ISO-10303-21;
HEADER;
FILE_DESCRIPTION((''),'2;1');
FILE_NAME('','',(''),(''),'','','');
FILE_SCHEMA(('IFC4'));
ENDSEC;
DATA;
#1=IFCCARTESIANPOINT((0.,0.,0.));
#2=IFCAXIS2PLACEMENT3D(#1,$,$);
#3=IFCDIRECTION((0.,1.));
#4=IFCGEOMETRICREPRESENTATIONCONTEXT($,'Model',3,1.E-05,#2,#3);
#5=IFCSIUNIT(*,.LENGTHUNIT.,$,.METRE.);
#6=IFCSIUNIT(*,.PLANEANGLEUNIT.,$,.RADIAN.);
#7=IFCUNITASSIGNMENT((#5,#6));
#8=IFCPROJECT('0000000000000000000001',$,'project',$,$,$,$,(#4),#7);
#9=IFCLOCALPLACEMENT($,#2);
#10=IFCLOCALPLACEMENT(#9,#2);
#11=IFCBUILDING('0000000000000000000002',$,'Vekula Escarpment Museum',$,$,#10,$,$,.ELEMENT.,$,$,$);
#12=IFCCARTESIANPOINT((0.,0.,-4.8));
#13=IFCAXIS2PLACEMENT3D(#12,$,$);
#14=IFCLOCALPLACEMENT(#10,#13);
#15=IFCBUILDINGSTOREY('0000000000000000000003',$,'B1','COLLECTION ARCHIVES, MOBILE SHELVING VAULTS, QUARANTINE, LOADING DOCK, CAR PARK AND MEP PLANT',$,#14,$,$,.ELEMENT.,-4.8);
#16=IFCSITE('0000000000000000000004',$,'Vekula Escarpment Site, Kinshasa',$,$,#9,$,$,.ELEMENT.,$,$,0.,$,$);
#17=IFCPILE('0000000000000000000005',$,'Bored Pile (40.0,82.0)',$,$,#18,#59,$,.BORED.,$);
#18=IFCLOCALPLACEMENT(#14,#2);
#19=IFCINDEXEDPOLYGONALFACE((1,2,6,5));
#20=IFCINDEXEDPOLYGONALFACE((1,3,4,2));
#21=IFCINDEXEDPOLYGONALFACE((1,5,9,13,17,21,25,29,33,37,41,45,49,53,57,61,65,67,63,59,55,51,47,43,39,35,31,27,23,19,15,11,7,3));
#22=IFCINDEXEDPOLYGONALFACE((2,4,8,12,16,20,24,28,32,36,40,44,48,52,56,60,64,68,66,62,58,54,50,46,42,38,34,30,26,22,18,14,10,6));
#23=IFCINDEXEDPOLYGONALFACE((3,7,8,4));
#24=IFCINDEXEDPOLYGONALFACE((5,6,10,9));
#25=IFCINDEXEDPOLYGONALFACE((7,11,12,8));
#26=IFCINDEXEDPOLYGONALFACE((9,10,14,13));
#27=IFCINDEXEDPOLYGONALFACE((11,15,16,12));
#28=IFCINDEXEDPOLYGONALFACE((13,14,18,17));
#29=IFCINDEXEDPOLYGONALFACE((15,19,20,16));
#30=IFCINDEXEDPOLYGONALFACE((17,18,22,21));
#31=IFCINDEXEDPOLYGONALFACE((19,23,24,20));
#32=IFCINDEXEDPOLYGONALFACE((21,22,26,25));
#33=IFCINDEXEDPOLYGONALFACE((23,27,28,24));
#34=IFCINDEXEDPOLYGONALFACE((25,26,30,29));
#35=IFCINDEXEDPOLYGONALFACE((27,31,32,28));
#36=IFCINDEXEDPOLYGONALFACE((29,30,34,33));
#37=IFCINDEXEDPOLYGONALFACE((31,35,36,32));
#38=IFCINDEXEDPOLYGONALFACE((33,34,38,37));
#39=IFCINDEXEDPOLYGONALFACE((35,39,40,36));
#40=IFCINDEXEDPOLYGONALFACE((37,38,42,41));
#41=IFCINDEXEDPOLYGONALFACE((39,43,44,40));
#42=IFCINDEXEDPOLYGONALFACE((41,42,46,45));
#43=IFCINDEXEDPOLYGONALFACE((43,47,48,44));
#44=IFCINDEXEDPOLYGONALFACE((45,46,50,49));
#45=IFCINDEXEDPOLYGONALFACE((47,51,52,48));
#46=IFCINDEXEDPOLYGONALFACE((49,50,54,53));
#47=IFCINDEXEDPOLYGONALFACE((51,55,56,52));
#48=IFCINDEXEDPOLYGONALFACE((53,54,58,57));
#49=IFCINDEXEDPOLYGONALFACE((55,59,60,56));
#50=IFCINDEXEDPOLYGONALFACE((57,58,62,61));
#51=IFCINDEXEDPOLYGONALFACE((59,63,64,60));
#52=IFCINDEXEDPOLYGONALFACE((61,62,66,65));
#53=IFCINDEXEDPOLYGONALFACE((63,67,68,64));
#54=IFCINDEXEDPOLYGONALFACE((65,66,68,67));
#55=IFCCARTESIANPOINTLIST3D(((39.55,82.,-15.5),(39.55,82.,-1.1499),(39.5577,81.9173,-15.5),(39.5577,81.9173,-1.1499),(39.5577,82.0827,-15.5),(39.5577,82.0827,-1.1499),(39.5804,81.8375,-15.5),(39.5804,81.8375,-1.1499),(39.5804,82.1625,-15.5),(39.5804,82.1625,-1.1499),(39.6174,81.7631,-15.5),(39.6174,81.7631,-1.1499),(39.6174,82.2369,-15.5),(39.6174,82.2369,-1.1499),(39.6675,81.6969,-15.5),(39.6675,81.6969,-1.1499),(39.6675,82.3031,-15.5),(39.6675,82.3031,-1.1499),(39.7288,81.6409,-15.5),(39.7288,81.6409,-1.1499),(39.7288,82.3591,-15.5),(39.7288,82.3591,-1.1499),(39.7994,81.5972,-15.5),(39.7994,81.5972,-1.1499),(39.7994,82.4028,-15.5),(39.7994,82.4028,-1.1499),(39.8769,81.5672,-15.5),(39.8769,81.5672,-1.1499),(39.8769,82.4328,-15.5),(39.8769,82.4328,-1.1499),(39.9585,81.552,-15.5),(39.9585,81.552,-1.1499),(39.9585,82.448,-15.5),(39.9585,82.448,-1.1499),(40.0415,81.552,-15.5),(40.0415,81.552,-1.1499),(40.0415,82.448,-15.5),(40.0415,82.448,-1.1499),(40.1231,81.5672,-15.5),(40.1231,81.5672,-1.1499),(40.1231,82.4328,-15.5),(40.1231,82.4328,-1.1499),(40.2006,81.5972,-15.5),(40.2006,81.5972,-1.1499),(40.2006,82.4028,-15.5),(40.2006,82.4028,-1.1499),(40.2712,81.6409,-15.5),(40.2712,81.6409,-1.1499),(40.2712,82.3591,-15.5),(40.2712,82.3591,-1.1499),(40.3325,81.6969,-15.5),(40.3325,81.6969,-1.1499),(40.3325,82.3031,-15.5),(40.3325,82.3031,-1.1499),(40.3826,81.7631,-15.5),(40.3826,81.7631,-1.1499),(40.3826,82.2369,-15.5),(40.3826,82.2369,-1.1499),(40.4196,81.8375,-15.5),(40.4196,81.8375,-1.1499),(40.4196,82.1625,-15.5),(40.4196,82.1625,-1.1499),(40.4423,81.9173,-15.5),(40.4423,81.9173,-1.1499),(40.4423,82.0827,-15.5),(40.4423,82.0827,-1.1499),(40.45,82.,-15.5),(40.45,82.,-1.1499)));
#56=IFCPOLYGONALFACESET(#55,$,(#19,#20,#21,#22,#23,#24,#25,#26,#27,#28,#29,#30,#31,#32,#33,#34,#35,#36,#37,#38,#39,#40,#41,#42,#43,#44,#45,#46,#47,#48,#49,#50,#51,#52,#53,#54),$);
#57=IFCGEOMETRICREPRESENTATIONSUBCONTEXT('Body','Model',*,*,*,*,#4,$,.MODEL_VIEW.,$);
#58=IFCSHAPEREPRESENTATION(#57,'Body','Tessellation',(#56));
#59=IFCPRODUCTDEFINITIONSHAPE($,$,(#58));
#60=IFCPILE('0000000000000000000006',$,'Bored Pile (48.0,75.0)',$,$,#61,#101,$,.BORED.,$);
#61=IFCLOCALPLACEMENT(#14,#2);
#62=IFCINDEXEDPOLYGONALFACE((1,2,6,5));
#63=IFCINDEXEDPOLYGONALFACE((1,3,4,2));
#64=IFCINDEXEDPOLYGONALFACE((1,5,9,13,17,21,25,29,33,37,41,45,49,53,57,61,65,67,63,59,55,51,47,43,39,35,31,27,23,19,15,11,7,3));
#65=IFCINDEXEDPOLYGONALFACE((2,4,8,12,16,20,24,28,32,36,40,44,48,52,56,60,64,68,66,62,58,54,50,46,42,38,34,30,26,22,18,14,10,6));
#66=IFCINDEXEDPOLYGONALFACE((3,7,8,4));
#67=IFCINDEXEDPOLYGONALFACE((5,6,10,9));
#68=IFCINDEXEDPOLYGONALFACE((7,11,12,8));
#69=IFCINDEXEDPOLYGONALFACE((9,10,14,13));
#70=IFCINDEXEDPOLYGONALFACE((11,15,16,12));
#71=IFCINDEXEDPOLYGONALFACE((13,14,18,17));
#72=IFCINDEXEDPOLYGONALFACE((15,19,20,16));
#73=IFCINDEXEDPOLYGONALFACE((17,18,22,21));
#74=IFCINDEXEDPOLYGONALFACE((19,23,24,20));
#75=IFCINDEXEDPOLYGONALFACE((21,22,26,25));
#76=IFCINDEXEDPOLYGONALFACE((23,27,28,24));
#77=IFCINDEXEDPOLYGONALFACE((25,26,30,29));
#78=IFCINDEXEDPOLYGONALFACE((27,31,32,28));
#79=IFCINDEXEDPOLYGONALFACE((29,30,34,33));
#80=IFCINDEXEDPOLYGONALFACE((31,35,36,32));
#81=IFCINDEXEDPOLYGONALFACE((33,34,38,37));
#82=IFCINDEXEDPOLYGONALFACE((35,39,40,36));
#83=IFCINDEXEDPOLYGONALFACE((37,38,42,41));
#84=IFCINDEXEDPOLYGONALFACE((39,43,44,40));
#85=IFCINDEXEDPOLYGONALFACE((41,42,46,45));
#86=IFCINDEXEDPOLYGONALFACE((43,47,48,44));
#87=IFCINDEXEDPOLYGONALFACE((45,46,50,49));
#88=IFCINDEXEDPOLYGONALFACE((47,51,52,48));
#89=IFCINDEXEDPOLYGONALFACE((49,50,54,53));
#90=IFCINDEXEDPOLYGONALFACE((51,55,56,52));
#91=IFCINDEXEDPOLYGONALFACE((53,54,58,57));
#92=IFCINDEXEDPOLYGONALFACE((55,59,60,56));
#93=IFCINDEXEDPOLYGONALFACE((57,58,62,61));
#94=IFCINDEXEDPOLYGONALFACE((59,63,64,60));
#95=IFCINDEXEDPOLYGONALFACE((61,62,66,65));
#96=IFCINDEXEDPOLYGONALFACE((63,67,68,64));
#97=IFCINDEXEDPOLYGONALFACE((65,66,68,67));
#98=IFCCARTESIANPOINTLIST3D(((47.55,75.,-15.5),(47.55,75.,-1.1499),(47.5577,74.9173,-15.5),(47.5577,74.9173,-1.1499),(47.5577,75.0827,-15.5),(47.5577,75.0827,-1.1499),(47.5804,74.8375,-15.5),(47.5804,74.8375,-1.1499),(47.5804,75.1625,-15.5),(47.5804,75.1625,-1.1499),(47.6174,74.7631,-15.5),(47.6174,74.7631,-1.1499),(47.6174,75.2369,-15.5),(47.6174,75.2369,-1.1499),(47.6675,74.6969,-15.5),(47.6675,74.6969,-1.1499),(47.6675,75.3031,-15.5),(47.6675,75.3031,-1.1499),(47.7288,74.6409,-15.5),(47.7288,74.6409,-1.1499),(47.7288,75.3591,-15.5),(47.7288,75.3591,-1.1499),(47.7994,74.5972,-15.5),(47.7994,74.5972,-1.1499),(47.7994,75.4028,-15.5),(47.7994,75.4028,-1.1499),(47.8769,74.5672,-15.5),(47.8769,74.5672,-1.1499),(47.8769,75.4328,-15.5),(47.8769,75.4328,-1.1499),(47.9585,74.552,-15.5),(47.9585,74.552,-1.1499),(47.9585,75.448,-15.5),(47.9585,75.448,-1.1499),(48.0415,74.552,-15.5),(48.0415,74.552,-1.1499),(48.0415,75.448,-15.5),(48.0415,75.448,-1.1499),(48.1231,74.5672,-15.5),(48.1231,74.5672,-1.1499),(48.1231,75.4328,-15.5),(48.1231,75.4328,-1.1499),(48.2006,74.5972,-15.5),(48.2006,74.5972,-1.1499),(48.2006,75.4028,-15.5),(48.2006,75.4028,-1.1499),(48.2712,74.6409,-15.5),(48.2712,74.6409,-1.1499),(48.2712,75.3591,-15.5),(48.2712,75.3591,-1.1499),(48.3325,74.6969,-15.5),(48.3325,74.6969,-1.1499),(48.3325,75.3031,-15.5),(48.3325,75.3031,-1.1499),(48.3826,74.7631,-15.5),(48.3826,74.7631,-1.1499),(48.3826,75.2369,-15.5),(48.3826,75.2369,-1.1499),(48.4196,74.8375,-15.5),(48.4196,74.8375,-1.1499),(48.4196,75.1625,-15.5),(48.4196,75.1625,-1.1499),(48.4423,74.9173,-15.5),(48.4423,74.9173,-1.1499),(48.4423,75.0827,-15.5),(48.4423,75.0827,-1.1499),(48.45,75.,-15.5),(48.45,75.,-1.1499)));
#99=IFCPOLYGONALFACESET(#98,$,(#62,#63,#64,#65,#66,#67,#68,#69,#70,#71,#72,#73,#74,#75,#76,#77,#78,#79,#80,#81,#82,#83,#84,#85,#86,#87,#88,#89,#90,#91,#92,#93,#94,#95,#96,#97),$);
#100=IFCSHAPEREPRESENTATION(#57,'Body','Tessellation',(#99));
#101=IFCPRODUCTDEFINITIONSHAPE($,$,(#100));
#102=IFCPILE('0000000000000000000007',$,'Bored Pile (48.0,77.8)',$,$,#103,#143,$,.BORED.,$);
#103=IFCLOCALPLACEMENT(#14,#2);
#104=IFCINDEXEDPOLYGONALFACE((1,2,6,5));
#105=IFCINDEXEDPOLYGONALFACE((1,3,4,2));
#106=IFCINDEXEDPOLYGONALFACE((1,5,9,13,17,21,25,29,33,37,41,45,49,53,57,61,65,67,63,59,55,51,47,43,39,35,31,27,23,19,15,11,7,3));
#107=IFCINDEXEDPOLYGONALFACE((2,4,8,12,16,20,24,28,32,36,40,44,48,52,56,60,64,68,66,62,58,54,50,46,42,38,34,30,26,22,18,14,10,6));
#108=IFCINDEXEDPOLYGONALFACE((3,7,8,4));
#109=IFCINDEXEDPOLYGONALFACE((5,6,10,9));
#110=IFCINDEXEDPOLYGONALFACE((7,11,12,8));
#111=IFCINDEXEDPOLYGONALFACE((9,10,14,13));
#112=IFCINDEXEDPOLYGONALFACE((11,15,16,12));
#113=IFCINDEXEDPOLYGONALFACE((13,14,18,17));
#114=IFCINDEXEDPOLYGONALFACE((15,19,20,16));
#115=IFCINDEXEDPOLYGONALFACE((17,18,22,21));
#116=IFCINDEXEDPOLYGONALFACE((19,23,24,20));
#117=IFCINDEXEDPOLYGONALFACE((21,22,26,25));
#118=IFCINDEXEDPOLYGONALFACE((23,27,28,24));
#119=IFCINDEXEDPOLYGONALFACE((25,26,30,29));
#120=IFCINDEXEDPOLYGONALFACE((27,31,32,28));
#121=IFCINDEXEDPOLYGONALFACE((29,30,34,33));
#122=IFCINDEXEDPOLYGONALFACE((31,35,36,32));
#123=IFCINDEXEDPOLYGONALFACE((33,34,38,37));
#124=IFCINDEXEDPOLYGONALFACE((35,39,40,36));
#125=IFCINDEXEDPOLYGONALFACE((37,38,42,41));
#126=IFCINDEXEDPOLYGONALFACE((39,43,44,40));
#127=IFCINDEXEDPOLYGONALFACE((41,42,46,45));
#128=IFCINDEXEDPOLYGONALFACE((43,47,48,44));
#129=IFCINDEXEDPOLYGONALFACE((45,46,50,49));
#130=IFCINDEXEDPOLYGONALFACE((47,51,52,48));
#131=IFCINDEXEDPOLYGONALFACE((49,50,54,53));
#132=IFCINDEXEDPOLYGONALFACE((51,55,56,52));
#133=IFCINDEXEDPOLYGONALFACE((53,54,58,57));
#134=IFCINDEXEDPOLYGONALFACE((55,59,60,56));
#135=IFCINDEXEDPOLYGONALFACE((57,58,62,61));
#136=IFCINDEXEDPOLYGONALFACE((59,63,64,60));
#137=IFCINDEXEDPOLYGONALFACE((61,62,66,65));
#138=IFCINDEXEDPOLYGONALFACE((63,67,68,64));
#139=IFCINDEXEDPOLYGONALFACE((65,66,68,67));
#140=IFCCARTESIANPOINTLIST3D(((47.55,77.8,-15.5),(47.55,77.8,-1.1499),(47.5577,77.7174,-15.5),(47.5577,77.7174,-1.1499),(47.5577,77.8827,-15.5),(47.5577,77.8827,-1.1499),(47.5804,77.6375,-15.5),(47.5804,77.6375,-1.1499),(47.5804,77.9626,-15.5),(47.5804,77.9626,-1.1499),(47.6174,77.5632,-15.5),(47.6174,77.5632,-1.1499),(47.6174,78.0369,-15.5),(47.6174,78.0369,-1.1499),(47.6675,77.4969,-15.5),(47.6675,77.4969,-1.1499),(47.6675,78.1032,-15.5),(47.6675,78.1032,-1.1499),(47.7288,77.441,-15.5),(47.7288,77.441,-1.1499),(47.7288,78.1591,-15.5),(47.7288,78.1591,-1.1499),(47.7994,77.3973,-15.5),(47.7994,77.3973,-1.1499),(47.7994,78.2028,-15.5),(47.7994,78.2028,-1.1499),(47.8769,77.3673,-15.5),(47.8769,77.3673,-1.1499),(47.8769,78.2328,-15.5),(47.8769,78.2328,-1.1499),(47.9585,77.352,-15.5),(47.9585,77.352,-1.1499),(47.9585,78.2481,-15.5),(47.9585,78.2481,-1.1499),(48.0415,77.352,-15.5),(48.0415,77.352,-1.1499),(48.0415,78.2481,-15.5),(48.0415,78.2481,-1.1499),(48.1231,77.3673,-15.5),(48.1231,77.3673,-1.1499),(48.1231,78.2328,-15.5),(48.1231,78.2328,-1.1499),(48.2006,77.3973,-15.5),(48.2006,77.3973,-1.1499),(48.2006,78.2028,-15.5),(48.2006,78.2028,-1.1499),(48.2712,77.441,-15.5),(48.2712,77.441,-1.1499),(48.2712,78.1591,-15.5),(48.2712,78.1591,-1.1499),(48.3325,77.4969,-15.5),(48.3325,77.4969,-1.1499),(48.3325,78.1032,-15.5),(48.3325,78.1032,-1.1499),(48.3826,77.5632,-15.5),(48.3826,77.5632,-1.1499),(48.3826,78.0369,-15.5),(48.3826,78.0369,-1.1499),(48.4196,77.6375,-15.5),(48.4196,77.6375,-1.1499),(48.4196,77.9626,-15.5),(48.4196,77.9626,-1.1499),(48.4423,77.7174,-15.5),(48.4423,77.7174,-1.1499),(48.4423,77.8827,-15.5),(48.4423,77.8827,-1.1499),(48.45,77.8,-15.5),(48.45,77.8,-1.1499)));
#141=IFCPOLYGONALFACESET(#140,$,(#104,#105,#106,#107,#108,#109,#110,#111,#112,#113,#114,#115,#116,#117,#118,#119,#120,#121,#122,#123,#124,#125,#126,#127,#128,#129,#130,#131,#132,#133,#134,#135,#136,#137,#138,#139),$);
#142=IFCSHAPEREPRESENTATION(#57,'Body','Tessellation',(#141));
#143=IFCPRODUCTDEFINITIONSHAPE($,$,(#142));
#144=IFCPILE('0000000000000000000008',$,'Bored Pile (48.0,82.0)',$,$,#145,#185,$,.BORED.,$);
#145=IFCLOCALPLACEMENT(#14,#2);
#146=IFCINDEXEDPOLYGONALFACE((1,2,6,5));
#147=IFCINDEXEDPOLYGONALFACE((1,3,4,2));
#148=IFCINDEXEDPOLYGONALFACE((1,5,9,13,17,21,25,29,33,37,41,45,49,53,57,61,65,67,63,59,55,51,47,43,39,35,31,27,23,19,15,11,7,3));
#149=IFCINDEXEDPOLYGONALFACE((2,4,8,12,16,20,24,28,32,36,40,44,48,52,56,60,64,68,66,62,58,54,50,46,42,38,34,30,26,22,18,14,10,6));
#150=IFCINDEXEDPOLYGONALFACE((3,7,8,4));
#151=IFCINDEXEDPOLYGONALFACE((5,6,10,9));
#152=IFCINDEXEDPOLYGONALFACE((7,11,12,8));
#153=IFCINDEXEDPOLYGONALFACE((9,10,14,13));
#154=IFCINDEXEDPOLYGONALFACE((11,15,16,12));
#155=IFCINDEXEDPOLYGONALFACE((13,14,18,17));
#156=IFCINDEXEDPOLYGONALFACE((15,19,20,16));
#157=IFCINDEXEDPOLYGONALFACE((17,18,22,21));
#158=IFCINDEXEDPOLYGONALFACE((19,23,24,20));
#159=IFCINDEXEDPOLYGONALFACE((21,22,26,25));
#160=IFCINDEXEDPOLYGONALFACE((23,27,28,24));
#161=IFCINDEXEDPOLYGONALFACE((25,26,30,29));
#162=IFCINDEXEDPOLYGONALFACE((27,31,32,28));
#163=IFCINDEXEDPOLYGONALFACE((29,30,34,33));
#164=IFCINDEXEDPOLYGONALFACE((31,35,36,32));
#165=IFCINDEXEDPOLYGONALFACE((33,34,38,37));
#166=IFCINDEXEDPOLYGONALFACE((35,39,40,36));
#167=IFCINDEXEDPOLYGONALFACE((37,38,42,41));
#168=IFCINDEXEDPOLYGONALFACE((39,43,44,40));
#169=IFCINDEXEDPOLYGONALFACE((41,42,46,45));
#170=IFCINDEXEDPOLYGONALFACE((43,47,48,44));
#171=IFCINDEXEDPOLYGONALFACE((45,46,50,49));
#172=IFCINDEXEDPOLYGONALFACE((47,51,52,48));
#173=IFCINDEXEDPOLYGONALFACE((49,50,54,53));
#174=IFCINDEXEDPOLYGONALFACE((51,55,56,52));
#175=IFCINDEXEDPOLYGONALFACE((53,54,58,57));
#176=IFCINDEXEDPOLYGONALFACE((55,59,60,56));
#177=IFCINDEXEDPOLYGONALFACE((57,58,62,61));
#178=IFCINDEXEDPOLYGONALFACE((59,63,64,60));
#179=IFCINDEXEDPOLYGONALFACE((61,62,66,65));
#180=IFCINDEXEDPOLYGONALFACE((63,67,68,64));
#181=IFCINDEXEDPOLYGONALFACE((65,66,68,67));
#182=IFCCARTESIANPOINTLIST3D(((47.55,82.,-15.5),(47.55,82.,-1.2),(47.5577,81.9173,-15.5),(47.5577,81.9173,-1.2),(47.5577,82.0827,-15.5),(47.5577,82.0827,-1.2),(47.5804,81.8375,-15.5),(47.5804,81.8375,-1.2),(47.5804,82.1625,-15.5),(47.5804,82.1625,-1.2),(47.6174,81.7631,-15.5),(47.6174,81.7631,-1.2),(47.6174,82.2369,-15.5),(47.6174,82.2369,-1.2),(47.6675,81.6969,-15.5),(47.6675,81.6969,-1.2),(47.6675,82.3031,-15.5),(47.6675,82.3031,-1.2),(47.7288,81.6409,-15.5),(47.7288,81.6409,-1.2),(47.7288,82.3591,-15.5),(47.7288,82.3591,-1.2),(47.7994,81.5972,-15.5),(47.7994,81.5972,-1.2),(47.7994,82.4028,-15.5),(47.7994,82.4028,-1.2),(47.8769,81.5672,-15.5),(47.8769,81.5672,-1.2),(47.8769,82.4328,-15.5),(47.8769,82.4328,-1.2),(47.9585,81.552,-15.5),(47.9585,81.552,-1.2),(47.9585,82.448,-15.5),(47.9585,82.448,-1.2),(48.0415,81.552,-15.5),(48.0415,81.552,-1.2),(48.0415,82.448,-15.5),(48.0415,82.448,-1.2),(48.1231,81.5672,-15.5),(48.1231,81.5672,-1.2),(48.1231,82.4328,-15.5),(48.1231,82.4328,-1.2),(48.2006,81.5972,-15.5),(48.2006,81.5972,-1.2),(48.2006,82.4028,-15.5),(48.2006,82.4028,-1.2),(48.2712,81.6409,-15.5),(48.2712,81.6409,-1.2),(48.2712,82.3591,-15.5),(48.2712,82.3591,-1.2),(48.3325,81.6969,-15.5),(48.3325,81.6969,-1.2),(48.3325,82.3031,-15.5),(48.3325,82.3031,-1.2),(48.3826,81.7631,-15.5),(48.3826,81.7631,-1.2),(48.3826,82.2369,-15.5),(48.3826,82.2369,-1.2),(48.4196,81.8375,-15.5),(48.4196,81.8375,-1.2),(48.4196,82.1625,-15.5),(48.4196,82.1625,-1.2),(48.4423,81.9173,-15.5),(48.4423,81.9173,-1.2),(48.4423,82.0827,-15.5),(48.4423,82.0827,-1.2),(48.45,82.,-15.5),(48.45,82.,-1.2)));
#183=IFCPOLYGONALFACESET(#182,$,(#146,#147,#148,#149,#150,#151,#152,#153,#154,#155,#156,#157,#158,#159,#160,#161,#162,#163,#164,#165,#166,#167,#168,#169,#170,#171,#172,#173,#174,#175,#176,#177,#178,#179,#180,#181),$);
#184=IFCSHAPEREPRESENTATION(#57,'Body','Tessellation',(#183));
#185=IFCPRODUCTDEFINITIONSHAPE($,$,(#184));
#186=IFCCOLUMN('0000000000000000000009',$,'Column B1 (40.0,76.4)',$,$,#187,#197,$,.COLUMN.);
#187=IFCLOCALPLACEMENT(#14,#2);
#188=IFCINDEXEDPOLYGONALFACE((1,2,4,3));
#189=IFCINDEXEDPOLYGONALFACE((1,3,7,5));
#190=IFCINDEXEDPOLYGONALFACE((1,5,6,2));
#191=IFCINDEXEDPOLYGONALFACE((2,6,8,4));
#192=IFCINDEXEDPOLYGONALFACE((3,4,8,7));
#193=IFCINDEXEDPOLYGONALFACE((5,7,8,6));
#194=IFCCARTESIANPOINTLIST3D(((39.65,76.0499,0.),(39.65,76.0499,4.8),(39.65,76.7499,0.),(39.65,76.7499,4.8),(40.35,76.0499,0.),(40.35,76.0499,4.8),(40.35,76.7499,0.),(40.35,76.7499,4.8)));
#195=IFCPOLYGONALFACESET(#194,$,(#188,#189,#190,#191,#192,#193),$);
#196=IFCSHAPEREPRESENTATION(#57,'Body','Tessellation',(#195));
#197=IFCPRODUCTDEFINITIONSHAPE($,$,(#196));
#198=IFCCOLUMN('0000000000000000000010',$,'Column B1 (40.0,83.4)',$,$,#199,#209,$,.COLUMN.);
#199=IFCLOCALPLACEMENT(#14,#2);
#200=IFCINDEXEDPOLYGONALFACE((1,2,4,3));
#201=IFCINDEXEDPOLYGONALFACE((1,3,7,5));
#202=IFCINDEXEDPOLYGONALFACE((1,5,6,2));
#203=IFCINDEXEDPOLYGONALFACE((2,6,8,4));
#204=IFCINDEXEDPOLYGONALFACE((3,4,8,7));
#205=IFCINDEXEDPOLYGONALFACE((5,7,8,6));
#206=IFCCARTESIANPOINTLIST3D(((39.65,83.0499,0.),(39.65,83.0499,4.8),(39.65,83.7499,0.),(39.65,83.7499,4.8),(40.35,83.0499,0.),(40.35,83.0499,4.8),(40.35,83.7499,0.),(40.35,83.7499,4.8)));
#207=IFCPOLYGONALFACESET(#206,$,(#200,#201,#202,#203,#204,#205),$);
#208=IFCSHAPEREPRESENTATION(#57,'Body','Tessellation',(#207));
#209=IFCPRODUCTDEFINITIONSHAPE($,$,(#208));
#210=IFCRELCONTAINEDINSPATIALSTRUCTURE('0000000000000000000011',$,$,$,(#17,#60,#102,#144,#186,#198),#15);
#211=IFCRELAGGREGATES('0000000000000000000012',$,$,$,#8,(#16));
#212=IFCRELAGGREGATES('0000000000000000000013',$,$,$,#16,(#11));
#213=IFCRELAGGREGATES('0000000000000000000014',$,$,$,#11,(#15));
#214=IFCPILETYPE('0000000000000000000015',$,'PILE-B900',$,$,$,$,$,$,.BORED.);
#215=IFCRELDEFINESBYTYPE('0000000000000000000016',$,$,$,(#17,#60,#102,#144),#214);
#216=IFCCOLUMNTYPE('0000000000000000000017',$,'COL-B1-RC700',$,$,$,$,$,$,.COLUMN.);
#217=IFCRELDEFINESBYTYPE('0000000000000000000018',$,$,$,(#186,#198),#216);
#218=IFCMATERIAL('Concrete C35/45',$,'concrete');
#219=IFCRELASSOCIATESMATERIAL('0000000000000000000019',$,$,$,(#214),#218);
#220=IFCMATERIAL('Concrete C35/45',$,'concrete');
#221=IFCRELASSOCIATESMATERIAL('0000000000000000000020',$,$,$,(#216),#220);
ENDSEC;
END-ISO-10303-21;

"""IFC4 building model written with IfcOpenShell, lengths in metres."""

from ifc_helpers import new_model, si_unit, direction, frame, origin, origin_2d, place, context, subcontext, project, spatial, rectangle, circle, extrude, material, material_profile, profile_set, type_object, element, save


model = new_model("IFC4")

# Units and contexts
model_context = context("Model", 3, precision=1e-05, world=origin(), true_north=direction((0.0, 1.0)))
body_context = subcontext(model_context, "Body", "Model", "MODEL_VIEW")
ifc_project = project(units=[si_unit("LENGTHUNIT", "METRE"), si_unit("PLANEANGLEUNIT", "RADIAN")], contexts=[model_context])

# Site, building, storey
site_placement = place(None, origin())
site = spatial("IfcSite", under=ifc_project, at=site_placement, Name="Vekula Escarpment Site, Kinshasa", CompositionType="ELEMENT", RefElevation=0.0)
building_placement = place(site_placement, origin())
building = spatial("IfcBuilding", under=site, at=building_placement, Name="Vekula Escarpment Museum", CompositionType="ELEMENT")
storey_placement = place(building_placement, frame((0.0, 0.0, -4.8)))
storey = spatial("IfcBuildingStorey", under=building, at=storey_placement, Name="B1", Description="COLLECTION ARCHIVES, MOBILE SHELVING VAULTS, QUARANTINE, LOADING DOCK, CAR PARK AND MEP PLANT", CompositionType="ELEMENT", Elevation=-4.8)

# Piles
ifc_material_1 = material(Name="Concrete C35/45", Category="concrete")
ifc_material_profile_1 = material_profile(ifc_material_1, circle(Radius=0.45, at=origin_2d()), Name="BORED PILE 900")
ifc_profile_set_1 = profile_set([ifc_material_profile_1], Name="Concrete C35/45")
pile_type = type_object("IfcPileType", Name="PILE-B900", PredefinedType="BORED", material=ifc_profile_set_1)
for number, where, z_axis, x_axis, name in (
    (1, (40.0, 82.0, -1.1499), (0.0, 0.0, -1.0), (1.0, 0.0, 0.0), "Bored Pile (40.0,82.0)"),
    (2, (48.0, 75.0, -1.1499), (0.0, 0.0, -1.0), (1.0, 0.0, 0.0), "Bored Pile (48.0,75.0)"),
    (3, (48.0, 77.8, -1.1499), (0.0, 0.0, -1.0), (1.0, 0.0, 0.0), "Bored Pile (48.0,77.8)"),
):
    element("IfcPile", number, at=place(storey_placement, frame(where, z_axis=z_axis, x_axis=x_axis)), inside=storey, type_object=pile_type, Name=name, PredefinedType="BORED", context=body_context, shape_type="SweptSolid", body=[
        extrude(circle(Radius=0.45, at=origin_2d()), origin(), (0.0, 0.0, 1.0), 14.3501),
    ])
pile_placement = place(storey_placement, frame((48.0, 82.0, -1.2), z_axis=(0.0, 0.0, -1.0), x_axis=(1.0, 0.0, 0.0)))
element("IfcPile", 4, at=pile_placement, inside=storey, type_object=pile_type, Name="Bored Pile (48.0,82.0)", PredefinedType="BORED", context=body_context, shape_type="SweptSolid", body=[
    extrude(circle(Radius=0.45, at=origin_2d()), origin(), (0.0, 0.0, 1.0), 14.3),
])

# Columns
ifc_material_2 = material(Name="Concrete C35/45", Category="concrete")
ifc_material_profile_2 = material_profile(ifc_material_2, rectangle(XDim=0.7, YDim=0.7, at=origin_2d()), Name="RC 700x700")
ifc_profile_set_2 = profile_set([ifc_material_profile_2], Name="Concrete C35/45")
column_type = type_object("IfcColumnType", Name="COL-B1-RC700", PredefinedType="COLUMN", material=ifc_profile_set_2)
for number, where, z_axis, x_axis, name in (
    (5, (40.0, 76.3999, 0.0), (0.0, 0.0, 1.0), (1.0, 0.0, 0.0), "Column B1 (40.0,76.4)"),
    (6, (40.0, 83.3999, 0.0), (0.0, 0.0, 1.0), (1.0, 0.0, 0.0), "Column B1 (40.0,83.4)"),
):
    element("IfcColumn", number, at=place(storey_placement, frame(where, z_axis=z_axis, x_axis=x_axis)), inside=storey, type_object=column_type, Name=name, PredefinedType="COLUMN", context=body_context, shape_type="SweptSolid", body=[
        extrude(rectangle(XDim=0.7, YDim=0.7, at=origin_2d()), origin(), (0.0, 0.0, 1.0), 4.8),
    ])

save(model, "model.ifc")
